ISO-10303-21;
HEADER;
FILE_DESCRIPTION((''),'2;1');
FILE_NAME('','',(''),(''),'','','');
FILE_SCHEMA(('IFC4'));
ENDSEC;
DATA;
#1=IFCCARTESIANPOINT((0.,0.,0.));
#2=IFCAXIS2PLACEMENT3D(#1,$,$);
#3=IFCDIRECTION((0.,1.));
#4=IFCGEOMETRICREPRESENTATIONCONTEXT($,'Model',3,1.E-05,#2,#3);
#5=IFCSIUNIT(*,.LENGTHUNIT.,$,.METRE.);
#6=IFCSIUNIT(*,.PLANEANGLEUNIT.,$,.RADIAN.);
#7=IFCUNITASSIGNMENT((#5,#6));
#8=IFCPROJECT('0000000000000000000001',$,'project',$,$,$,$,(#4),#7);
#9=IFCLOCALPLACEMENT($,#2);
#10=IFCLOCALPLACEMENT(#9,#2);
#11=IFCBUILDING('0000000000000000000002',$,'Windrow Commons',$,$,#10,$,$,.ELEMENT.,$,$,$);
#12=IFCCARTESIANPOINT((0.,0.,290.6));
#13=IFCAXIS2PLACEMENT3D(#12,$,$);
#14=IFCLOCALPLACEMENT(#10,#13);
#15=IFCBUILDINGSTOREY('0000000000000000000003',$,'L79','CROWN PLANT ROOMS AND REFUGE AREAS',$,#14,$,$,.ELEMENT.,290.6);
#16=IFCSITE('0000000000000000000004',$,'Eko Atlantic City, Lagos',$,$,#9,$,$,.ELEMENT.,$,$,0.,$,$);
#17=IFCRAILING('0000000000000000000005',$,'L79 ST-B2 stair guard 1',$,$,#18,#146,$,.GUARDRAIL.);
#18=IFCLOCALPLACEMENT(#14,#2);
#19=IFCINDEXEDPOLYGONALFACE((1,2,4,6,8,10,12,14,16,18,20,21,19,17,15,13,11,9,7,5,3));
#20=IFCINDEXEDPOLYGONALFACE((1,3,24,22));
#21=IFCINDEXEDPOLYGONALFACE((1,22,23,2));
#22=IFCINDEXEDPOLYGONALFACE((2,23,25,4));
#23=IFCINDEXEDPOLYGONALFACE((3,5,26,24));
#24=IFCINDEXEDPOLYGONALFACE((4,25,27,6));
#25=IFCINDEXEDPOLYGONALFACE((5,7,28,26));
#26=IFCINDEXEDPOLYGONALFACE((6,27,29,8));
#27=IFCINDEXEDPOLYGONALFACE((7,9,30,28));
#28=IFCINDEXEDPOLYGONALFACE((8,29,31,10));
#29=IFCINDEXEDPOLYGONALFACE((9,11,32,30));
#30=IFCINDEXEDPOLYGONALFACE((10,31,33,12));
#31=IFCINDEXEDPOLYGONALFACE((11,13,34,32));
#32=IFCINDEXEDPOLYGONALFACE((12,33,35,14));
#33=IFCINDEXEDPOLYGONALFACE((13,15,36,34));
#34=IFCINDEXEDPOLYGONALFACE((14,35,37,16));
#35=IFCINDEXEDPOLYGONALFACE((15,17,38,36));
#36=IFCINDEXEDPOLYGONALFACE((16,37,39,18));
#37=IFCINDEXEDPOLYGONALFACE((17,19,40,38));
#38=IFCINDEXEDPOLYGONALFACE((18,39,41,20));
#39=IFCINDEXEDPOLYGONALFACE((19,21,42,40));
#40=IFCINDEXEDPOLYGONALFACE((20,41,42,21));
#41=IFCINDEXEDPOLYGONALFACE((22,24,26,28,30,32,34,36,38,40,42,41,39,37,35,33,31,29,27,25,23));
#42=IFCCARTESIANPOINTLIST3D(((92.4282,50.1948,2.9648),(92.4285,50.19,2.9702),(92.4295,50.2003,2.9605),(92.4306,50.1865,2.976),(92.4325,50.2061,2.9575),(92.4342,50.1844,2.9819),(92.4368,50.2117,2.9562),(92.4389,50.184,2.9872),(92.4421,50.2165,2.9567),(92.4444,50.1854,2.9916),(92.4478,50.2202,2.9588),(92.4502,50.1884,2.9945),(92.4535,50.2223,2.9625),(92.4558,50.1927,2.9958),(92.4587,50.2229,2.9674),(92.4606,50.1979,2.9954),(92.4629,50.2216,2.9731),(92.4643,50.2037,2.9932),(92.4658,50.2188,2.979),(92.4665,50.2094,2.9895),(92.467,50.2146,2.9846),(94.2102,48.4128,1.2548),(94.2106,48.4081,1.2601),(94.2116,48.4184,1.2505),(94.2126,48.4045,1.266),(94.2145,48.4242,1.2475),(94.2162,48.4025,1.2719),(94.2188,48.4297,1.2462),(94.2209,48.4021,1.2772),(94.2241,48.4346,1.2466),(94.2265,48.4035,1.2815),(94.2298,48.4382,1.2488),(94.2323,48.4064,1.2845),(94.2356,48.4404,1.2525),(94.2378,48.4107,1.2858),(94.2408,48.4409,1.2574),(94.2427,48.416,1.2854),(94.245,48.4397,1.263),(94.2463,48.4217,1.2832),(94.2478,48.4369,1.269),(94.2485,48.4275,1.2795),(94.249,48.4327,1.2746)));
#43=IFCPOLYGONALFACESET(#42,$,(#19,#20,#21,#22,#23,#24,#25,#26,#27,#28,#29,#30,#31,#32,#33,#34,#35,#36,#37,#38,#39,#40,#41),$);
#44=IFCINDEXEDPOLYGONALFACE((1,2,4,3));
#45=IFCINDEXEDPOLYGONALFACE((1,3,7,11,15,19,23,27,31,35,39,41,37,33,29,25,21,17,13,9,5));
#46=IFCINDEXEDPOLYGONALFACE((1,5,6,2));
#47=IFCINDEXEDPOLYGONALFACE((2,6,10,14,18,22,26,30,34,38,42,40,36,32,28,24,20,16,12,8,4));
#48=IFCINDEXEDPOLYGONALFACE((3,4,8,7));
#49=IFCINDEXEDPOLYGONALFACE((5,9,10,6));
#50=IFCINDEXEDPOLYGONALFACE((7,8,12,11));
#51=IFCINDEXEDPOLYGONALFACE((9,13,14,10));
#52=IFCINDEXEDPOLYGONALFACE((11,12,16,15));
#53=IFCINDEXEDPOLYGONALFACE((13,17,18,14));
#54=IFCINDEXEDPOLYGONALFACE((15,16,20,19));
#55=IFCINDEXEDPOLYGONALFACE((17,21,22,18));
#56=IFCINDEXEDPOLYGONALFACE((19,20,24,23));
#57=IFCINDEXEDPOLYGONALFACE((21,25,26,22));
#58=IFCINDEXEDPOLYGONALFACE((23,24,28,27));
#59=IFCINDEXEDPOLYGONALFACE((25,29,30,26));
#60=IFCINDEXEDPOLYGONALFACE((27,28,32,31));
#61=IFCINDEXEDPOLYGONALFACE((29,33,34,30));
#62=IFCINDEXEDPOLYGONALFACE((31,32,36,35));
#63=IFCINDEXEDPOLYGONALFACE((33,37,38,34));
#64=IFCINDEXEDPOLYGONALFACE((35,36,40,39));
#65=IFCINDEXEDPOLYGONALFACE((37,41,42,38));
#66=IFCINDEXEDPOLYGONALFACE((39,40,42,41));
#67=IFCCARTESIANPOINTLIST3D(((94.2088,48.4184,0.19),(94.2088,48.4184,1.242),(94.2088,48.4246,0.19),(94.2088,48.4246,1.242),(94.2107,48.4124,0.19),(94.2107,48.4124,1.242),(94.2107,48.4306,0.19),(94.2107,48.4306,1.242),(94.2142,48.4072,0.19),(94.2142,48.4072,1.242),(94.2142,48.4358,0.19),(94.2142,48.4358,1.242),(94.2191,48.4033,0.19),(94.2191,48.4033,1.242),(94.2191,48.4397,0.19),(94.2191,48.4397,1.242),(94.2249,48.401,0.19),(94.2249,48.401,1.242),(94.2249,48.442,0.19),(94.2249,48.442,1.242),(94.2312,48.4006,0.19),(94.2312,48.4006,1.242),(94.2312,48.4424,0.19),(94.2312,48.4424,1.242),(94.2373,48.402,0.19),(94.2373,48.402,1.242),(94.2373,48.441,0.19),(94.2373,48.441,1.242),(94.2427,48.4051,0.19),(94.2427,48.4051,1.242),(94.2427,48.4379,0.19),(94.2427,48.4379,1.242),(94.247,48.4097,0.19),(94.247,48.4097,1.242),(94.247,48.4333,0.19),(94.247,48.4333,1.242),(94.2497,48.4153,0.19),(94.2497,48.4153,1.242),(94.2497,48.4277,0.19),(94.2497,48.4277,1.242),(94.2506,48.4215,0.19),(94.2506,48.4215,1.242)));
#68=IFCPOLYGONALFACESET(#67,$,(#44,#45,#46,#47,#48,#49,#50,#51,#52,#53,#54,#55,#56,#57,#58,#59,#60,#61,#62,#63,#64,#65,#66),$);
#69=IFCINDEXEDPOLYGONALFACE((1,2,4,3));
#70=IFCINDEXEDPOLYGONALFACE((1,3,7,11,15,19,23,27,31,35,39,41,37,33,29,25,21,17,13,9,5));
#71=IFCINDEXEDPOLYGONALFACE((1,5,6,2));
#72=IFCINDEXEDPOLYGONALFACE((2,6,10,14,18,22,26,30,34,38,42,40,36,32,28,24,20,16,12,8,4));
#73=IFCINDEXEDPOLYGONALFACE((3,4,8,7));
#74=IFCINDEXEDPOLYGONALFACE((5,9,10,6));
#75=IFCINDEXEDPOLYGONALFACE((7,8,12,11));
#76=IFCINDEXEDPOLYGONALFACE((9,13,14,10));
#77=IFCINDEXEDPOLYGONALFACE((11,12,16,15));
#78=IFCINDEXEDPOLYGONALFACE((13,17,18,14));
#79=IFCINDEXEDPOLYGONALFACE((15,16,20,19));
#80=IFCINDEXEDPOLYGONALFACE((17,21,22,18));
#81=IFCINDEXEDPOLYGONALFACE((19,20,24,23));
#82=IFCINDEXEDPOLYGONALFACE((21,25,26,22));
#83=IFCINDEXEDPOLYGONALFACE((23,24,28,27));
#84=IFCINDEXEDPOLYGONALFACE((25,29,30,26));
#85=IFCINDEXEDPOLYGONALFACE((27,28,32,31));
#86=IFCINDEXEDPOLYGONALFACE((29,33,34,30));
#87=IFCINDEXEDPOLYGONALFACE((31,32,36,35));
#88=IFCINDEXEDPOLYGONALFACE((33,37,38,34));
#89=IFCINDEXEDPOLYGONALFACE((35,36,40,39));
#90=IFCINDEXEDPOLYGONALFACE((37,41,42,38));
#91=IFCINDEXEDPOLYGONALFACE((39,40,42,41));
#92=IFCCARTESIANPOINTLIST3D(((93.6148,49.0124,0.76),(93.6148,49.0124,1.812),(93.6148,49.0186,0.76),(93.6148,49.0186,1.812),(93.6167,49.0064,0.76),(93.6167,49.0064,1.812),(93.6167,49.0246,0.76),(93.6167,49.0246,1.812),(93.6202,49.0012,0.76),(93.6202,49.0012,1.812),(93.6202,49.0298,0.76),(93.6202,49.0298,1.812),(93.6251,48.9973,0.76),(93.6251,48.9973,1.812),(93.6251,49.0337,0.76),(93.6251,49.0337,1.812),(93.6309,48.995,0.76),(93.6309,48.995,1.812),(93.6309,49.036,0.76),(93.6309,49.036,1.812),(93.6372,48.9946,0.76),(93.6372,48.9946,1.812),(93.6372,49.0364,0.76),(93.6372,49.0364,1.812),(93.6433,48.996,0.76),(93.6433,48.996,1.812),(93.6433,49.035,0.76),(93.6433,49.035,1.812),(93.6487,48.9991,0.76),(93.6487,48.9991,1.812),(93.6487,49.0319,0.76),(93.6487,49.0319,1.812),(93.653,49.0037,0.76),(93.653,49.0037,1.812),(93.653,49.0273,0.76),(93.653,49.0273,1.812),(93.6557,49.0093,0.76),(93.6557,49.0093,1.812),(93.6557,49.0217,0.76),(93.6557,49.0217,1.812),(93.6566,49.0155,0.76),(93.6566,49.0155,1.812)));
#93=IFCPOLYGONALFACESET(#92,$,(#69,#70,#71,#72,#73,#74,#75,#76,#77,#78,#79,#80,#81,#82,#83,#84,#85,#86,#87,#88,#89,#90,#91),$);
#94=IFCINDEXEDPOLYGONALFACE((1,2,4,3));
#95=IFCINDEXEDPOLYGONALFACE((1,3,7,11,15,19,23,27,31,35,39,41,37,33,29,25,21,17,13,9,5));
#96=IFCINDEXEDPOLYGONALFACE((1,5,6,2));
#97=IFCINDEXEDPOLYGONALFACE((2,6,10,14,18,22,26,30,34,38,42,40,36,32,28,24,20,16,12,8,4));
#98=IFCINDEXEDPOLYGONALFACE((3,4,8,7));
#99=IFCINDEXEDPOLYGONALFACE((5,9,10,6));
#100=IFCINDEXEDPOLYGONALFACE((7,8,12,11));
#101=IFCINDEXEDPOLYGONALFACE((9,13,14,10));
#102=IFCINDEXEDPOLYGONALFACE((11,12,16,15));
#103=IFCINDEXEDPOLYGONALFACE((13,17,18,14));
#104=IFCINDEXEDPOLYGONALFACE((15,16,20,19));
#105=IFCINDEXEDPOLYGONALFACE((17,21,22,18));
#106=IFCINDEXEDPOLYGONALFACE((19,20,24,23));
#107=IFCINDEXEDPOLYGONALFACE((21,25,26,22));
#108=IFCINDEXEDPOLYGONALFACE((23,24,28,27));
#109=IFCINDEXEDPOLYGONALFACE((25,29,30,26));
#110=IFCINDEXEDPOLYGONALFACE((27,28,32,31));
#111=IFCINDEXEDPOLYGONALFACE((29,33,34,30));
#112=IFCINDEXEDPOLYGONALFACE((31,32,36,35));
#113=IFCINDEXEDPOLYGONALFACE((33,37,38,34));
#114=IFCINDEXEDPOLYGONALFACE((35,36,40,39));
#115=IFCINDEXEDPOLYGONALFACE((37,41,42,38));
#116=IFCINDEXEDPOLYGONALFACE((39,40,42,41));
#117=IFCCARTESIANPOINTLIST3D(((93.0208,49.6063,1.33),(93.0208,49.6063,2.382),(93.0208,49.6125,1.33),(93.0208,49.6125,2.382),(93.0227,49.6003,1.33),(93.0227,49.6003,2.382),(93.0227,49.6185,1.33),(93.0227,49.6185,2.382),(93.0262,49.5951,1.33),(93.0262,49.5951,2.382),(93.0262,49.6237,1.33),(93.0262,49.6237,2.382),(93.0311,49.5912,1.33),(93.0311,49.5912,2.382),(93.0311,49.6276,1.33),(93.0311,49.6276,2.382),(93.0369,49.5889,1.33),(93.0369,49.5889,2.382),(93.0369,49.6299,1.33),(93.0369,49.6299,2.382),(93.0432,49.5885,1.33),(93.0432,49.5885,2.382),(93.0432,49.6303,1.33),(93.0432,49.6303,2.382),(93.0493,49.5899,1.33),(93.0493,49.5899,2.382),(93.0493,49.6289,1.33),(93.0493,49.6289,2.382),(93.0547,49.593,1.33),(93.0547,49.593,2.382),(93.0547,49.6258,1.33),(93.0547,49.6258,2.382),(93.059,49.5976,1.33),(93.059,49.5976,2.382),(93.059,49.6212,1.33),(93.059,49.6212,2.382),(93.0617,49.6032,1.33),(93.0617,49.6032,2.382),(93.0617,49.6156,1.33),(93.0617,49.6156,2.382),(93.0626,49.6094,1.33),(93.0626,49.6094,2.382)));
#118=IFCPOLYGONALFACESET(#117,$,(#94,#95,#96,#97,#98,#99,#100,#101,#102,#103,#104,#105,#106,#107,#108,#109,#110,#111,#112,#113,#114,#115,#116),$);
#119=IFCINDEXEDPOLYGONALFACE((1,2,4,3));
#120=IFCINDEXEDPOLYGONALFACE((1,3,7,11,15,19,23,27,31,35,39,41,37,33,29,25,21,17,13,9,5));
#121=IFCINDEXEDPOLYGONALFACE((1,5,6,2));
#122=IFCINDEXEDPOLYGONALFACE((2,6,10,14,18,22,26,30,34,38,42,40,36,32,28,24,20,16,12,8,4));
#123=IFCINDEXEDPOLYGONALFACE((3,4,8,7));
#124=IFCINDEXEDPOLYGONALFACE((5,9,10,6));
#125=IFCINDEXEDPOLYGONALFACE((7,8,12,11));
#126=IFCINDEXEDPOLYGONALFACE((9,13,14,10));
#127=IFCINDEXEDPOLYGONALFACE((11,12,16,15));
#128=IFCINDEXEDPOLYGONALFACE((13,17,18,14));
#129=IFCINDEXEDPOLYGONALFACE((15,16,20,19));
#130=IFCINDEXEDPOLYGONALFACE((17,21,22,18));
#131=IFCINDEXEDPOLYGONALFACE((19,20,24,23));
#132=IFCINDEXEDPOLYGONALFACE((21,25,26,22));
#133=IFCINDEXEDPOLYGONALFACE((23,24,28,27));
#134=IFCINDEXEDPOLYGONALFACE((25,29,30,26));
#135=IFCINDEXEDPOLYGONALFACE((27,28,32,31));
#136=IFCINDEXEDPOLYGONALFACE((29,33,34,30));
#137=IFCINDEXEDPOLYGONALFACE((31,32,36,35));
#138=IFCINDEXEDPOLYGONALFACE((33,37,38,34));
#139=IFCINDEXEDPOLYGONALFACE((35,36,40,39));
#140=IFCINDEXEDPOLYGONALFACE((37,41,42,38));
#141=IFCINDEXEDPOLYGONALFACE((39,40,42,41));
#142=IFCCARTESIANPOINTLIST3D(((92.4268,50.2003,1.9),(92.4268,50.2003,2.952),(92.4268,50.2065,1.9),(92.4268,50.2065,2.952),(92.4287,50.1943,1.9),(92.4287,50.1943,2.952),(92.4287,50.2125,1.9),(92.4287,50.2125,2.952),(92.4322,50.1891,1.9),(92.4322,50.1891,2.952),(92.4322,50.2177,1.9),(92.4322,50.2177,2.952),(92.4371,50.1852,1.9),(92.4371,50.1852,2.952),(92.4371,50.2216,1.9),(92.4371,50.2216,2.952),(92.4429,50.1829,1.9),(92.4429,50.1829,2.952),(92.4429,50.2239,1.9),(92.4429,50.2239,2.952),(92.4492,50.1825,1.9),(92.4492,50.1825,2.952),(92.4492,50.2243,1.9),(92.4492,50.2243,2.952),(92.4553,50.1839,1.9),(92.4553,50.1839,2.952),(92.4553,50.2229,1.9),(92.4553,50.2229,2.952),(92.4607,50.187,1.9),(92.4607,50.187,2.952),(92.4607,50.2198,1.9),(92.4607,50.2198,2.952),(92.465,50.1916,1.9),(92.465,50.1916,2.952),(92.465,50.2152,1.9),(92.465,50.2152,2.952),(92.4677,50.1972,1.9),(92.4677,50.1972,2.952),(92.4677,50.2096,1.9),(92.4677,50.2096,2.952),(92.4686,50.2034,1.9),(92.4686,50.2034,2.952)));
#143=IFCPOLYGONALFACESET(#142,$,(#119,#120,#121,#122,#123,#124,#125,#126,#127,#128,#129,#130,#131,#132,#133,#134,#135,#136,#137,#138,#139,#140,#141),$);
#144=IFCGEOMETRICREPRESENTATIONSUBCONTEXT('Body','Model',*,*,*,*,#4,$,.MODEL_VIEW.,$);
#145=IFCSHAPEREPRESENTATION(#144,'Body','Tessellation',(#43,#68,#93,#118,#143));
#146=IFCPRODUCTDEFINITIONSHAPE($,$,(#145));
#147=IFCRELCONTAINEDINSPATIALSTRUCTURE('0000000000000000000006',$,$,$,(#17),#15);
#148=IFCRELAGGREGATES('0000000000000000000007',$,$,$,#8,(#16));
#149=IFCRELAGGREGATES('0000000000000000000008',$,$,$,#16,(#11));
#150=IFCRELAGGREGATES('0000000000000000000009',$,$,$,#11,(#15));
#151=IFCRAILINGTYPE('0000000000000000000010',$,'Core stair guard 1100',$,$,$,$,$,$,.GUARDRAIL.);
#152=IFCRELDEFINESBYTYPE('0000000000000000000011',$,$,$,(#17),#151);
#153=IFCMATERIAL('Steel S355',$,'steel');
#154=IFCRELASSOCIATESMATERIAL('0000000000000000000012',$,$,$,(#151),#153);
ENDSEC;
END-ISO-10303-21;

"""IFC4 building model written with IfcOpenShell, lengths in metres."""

from ifc_helpers import new_model, si_unit, direction, frame, origin, origin_2d, place, context, subcontext, project, spatial, circle, extrude, material, type_object, element, save


model = new_model("IFC4")

# Units and contexts
model_context = context("Model", 3, precision=1e-05, world=origin(), true_north=direction((0.0, 1.0)))
body_context = subcontext(model_context, "Body", "Model", "MODEL_VIEW")
ifc_project = project(units=[si_unit("LENGTHUNIT", "METRE"), si_unit("PLANEANGLEUNIT", "RADIAN")], contexts=[model_context])

# Site, building, storey
site_placement = place(None, origin())
site = spatial("IfcSite", under=ifc_project, at=site_placement, Name="Eko Atlantic City, Lagos", CompositionType="ELEMENT", RefElevation=0.0)
building_placement = place(site_placement, origin())
building = spatial("IfcBuilding", under=site, at=building_placement, Name="Windrow Commons", CompositionType="ELEMENT")
storey_placement = place(building_placement, frame((0.0, 0.0, 290.6)))
storey = spatial("IfcBuildingStorey", under=building, at=storey_placement, Name="L79", Description="CROWN PLANT ROOMS AND REFUGE AREAS", CompositionType="ELEMENT", Elevation=290.6)

# Railing
ifc_material_1 = material(Name="Steel S355", Category="steel")
railing_type_1 = type_object("IfcRailingType", Name="Core stair guard 1100", PredefinedType="GUARDRAIL", material=ifc_material_1)
railing_1_placement = place(storey_placement, frame((94.2296, 48.4215, 0.19)))
element("IfcRailing", 1, at=railing_1_placement, inside=storey, type_object=railing_type_1, Name="L79 ST-B2 stair guard 1", PredefinedType="GUARDRAIL", context=body_context, shape_type="SweptSolid", body=[
    extrude(circle(Radius=0.024, at=origin_2d()), frame((0.0, 0.0, 1.076), z_axis=(-0.585134, 0.585102, 0.561493), x_axis=(-0.707087, -0.707127, 0.0)), (0.0, 0.0, 1.0), 3.0455),
    extrude(circle(Radius=0.021, at=origin_2d()), origin(), (0.0, 0.0, 1.0), 1.052),
    extrude(circle(Radius=0.021, at=origin_2d()), frame((-0.594, 0.594, 0.57)), (0.0, 0.0, 1.0), 1.052),
    extrude(circle(Radius=0.021, at=origin_2d()), frame((-1.188, 1.1879, 1.14)), (0.0, 0.0, 1.0), 1.052),
    extrude(circle(Radius=0.021, at=origin_2d()), frame((-1.782, 1.7819, 1.71)), (0.0, 0.0, 1.0), 1.052),
])

save(model, "model.ifc")
